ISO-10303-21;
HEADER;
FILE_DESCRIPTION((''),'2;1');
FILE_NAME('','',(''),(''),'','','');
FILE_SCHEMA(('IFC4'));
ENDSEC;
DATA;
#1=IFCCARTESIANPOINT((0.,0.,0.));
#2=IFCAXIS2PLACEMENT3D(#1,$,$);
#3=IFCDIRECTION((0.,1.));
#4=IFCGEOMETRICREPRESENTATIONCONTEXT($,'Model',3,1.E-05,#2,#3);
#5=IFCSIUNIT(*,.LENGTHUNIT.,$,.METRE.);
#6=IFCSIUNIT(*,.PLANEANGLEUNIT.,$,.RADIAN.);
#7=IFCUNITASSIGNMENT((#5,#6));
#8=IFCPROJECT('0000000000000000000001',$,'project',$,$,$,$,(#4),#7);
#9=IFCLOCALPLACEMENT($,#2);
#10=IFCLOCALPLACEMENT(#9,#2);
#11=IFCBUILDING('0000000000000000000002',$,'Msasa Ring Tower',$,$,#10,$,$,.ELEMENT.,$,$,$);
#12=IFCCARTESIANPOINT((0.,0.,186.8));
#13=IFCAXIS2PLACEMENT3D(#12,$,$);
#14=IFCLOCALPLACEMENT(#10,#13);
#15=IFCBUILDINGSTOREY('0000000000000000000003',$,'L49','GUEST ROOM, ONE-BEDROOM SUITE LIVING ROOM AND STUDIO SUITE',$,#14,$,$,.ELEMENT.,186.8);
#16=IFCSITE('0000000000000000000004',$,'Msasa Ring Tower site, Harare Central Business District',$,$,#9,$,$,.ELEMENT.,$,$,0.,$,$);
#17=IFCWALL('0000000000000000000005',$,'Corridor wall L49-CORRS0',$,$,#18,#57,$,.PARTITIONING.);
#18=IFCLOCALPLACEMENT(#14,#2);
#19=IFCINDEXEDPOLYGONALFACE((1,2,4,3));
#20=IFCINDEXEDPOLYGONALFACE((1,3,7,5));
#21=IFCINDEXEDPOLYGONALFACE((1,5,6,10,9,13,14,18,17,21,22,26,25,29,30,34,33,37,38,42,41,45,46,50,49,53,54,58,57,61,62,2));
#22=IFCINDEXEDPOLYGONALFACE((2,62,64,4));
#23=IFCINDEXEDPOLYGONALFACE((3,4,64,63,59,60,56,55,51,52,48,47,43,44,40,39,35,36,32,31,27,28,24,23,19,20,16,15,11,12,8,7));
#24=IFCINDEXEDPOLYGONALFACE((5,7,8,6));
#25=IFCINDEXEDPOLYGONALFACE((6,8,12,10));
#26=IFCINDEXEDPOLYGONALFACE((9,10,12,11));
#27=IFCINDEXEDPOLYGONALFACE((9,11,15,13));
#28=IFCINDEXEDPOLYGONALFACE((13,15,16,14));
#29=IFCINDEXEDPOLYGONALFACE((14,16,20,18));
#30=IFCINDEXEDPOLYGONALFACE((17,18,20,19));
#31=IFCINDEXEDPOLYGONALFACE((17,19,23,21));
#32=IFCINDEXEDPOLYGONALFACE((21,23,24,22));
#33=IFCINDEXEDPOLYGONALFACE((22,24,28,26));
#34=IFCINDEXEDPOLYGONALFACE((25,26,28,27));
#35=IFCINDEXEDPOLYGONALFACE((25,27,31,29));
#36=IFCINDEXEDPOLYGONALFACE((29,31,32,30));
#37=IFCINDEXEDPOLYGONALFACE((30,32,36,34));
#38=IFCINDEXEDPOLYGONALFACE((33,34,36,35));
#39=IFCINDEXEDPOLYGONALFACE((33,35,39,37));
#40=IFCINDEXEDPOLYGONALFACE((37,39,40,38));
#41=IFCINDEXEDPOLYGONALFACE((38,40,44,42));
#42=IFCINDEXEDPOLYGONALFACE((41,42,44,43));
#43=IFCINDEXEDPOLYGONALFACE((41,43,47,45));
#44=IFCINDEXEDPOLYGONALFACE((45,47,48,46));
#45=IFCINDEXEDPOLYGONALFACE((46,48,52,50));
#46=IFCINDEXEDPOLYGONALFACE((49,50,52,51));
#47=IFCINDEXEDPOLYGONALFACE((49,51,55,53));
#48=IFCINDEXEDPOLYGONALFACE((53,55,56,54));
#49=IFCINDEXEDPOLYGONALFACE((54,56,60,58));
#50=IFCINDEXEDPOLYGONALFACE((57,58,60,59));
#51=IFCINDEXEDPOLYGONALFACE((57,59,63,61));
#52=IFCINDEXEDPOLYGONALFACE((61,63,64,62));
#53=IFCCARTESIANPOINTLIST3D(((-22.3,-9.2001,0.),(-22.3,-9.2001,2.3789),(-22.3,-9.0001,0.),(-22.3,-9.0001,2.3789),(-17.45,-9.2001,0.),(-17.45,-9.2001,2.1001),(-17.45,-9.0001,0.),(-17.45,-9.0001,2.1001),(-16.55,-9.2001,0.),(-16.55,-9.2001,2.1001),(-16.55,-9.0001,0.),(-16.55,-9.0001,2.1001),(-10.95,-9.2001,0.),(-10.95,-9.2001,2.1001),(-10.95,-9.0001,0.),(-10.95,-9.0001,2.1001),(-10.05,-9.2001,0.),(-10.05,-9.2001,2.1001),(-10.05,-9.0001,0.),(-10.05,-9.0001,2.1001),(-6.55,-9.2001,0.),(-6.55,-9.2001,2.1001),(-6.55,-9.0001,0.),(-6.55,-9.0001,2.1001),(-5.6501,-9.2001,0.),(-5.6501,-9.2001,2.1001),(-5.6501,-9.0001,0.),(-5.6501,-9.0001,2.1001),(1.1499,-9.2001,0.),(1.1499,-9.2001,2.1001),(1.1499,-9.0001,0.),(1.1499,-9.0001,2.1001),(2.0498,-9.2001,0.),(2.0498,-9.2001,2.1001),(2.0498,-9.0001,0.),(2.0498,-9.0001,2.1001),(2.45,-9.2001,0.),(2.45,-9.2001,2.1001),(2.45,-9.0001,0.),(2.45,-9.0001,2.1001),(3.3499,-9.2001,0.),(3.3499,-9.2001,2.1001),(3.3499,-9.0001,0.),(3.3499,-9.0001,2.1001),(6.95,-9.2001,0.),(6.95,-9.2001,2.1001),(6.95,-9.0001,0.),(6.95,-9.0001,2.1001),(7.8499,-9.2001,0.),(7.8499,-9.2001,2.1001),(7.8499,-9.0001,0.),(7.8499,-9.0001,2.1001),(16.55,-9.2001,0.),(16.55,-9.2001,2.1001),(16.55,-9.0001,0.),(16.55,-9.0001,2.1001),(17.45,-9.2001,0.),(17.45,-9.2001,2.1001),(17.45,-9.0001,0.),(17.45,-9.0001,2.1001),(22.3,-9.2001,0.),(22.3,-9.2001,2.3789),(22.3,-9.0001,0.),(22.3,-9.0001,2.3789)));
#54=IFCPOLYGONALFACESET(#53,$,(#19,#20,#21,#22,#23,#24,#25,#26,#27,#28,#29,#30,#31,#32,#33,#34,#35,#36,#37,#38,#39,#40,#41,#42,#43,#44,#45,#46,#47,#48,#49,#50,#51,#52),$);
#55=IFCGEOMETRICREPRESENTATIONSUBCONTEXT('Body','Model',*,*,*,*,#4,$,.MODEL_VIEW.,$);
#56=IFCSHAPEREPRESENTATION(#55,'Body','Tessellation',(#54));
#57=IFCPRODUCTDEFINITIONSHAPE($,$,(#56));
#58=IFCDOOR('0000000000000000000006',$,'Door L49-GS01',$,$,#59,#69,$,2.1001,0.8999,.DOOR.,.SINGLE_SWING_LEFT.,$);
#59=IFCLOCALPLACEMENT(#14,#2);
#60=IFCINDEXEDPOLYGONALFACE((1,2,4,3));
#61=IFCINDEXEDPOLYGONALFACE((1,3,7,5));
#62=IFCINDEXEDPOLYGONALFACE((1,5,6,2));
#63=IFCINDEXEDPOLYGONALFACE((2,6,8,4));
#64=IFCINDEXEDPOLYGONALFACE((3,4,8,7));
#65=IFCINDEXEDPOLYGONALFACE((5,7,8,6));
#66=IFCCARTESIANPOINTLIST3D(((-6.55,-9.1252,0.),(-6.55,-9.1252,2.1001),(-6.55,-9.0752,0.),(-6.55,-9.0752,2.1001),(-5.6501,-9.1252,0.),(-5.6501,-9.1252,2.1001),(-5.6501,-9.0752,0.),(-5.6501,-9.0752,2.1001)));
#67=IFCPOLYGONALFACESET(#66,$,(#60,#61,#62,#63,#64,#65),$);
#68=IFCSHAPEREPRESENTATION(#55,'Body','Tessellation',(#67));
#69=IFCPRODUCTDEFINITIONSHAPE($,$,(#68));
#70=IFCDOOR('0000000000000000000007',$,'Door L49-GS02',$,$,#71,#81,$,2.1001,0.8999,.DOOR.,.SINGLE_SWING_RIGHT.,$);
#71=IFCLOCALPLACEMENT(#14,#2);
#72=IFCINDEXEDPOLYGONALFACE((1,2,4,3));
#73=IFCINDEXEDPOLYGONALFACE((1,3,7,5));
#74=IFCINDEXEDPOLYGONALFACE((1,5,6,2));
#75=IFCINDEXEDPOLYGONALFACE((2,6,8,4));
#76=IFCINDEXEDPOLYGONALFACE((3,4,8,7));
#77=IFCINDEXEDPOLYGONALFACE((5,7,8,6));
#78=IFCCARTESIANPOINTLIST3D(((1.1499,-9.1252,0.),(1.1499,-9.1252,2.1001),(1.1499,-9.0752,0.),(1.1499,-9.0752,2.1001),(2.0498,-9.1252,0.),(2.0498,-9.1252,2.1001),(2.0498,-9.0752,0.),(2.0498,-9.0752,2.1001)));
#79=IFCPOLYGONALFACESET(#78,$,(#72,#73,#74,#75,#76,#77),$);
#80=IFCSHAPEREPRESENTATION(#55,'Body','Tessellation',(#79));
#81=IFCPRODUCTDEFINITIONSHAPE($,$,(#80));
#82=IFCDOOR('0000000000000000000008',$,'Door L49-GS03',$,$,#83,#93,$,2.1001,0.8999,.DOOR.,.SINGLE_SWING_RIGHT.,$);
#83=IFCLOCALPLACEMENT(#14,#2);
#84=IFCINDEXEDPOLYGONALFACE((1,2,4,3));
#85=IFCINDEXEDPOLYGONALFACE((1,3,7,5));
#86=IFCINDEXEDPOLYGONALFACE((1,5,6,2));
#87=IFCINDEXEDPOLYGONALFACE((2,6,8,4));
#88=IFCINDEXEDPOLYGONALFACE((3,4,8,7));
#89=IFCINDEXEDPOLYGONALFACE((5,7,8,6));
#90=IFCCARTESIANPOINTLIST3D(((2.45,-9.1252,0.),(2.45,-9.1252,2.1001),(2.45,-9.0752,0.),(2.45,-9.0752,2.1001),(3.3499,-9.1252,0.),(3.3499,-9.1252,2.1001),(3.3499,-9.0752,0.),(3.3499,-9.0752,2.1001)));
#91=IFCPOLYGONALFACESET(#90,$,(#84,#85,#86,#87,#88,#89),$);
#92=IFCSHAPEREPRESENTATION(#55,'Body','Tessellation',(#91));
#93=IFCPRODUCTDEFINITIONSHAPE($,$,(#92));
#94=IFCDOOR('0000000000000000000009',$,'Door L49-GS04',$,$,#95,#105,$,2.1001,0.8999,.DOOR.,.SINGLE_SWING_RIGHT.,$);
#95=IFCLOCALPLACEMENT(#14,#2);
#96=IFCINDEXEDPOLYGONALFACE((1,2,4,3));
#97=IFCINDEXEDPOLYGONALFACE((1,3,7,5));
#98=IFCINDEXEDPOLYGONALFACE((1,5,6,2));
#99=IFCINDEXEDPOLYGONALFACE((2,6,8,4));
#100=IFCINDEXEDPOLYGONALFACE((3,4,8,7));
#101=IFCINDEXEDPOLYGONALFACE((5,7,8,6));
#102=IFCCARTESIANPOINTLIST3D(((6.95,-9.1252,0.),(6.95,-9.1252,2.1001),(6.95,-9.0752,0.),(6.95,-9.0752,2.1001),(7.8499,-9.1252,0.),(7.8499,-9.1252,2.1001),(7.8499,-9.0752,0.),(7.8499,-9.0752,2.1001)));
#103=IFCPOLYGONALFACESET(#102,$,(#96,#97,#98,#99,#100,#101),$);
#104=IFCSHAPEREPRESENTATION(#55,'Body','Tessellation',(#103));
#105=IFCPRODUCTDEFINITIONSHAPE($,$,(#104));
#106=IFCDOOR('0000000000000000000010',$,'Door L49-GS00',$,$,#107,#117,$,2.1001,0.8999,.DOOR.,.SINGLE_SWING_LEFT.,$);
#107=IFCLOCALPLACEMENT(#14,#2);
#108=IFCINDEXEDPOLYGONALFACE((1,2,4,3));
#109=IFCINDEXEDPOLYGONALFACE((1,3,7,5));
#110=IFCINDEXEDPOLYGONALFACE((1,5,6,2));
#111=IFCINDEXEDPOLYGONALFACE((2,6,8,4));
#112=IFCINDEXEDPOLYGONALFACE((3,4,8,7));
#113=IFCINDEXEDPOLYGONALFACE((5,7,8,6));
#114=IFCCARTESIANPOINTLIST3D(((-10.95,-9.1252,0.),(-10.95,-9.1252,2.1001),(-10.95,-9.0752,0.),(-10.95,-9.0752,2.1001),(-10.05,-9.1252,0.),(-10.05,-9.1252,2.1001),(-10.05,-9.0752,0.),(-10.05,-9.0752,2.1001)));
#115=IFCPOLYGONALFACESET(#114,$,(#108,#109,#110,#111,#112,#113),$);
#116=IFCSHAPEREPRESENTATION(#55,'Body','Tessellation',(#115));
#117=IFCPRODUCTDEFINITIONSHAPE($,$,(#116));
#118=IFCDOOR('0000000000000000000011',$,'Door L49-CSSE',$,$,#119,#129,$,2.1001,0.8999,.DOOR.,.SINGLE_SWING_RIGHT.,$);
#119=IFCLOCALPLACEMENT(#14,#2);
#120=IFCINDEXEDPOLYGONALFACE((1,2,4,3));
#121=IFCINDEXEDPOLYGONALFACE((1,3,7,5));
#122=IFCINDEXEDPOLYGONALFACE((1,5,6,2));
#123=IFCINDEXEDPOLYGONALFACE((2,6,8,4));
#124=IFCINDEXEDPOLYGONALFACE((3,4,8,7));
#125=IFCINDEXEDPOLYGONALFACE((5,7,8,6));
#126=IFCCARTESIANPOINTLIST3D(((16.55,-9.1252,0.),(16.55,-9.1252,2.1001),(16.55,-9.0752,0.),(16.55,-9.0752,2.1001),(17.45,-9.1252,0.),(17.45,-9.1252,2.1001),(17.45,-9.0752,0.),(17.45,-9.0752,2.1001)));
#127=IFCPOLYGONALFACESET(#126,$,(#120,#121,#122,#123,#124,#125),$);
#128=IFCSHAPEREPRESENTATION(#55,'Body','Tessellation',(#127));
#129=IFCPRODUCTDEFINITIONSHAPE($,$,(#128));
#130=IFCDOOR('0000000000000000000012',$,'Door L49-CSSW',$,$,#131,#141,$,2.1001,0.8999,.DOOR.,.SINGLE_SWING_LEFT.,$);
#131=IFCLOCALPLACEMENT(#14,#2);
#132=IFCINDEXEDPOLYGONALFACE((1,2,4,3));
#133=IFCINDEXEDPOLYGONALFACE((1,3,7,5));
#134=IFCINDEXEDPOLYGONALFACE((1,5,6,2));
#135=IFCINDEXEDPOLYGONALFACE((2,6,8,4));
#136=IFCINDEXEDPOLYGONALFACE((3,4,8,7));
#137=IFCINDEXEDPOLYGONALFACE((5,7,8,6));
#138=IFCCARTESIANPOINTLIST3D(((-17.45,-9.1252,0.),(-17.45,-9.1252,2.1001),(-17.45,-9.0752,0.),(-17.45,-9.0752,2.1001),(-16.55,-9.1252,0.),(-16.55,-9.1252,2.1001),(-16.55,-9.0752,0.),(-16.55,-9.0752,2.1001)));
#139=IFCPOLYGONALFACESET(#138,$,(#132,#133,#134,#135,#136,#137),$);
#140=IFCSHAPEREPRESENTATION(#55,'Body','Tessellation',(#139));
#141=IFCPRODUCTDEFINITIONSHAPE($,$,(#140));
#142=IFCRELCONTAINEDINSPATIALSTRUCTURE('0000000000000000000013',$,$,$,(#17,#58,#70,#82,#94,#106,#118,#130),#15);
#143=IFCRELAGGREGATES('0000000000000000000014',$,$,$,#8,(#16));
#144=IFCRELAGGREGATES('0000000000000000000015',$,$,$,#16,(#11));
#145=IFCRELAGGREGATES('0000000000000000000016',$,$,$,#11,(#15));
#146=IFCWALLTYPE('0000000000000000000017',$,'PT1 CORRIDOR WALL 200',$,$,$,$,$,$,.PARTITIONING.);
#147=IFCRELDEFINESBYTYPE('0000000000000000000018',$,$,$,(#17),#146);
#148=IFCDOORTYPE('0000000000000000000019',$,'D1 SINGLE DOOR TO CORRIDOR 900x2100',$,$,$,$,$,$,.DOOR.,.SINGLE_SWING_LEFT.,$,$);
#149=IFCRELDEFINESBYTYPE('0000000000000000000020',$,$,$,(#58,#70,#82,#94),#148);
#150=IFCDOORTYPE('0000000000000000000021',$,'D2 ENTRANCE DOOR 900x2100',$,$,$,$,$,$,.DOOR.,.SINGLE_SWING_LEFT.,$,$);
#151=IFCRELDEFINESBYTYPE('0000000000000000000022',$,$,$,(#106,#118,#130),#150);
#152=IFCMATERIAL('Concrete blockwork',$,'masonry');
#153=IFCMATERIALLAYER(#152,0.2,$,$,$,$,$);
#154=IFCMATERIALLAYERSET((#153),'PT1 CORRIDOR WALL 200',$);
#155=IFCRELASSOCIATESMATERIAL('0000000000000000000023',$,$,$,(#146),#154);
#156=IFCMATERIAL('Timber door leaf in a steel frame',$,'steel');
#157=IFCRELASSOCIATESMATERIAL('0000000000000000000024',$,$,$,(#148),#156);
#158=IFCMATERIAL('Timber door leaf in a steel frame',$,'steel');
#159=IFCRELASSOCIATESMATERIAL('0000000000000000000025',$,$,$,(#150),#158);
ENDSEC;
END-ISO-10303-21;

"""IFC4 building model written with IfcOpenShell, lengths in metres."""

from ifc_helpers import new_model, si_unit, direction, frame, frame_2d, origin, place, context, subcontext, project, spatial, rectangle, extrude, material, layer, layer_set, type_object, element, fill, save


model = new_model("IFC4")

# Units and contexts
model_context = context("Model", 3, precision=1e-05, world=origin(), true_north=direction((0.0, 1.0)))
body_context = subcontext(model_context, "Body", "Model", "MODEL_VIEW")
ifc_project = project(units=[si_unit("LENGTHUNIT", "METRE"), si_unit("PLANEANGLEUNIT", "RADIAN")], contexts=[model_context])

# Site, building, storey
site_placement = place(None, origin())
site = spatial("IfcSite", under=ifc_project, at=site_placement, Name="Msasa Ring Tower site, Harare Central Business District", CompositionType="ELEMENT", RefElevation=0.0)
building_placement = place(site_placement, origin())
building = spatial("IfcBuilding", under=site, at=building_placement, Name="Msasa Ring Tower", CompositionType="ELEMENT")
storey_placement = place(building_placement, frame((0.0, 0.0, 186.8)))
storey = spatial("IfcBuildingStorey", under=building, at=storey_placement, Name="L49", Description="GUEST ROOM, ONE-BEDROOM SUITE LIVING ROOM AND STUDIO SUITE", CompositionType="ELEMENT", Elevation=186.8)

# Wall, openings, doors
ifc_material_1 = material(Name="Concrete blockwork", Category="masonry")
ifc_layer_1 = layer(ifc_material_1, 0.2)
ifc_layer_set_1 = layer_set([ifc_layer_1], Name="PT1 CORRIDOR WALL 200")
wall_type_1 = type_object("IfcWallType", Name="PT1 CORRIDOR WALL 200", PredefinedType="PARTITIONING", material=ifc_layer_set_1)
wall_1_placement = place(storey_placement, frame((-22.3, -9.1001, 0.0), z_axis=(0.0, 0.0, 1.0), x_axis=(1.0, 0.0, 0.0)))
wall_1 = element("IfcWall", 1, at=wall_1_placement, inside=storey, type_object=wall_type_1, Name="Corridor wall L49-CORRS0", PredefinedType="PARTITIONING", context=body_context, shape_type="SweptSolid", body=[
    extrude(rectangle(XDim=44.6001, YDim=0.2, at=frame_2d((22.3, 0.0))), origin(), (0.0, 0.0, 1.0), 2.3789),
])
opening_1_placement = place(wall_1_placement, frame((11.3501, 0.0, 0.0)))
opening_1 = element("IfcOpeningElement", 2, at=opening_1_placement, cuts=wall_1, PredefinedType="OPENING", context=body_context, shape_type="SweptSolid", body=[
    extrude(rectangle(XDim=0.8999, YDim=2.1001, at=frame_2d((0.45, 1.05))), frame((0.0, 0.1099, 0.0), z_axis=(0.0, -1.0, 0.0), x_axis=(1.0, 0.0, 0.0)), (0.0, 0.0, 1.0), 0.22),
])
opening_2_placement = place(wall_1_placement, frame((15.75, 0.0, 0.0)))
opening_2 = element("IfcOpeningElement", 3, at=opening_2_placement, cuts=wall_1, PredefinedType="OPENING", context=body_context, shape_type="SweptSolid", body=[
    extrude(rectangle(XDim=0.8999, YDim=2.1001, at=frame_2d((0.45, 1.05))), frame((0.0, 0.1099, 0.0), z_axis=(0.0, -1.0, 0.0), x_axis=(1.0, 0.0, 0.0)), (0.0, 0.0, 1.0), 0.22),
])
opening_3_placement = place(wall_1_placement, frame((23.45, 0.0, 0.0)))
opening_3 = element("IfcOpeningElement", 4, at=opening_3_placement, cuts=wall_1, PredefinedType="OPENING", context=body_context, shape_type="SweptSolid", body=[
    extrude(rectangle(XDim=0.8999, YDim=2.1001, at=frame_2d((0.45, 1.05))), frame((0.0, 0.1099, 0.0), z_axis=(0.0, -1.0, 0.0), x_axis=(1.0, 0.0, 0.0)), (0.0, 0.0, 1.0), 0.22),
])
opening_4_placement = place(wall_1_placement, frame((24.75, 0.0, 0.0)))
opening_4 = element("IfcOpeningElement", 5, at=opening_4_placement, cuts=wall_1, PredefinedType="OPENING", context=body_context, shape_type="SweptSolid", body=[
    extrude(rectangle(XDim=0.8999, YDim=2.1001, at=frame_2d((0.45, 1.05))), frame((0.0, 0.1099, 0.0), z_axis=(0.0, -1.0, 0.0), x_axis=(1.0, 0.0, 0.0)), (0.0, 0.0, 1.0), 0.22),
])
opening_5_placement = place(wall_1_placement, frame((29.25, 0.0, 0.0)))
opening_5 = element("IfcOpeningElement", 6, at=opening_5_placement, cuts=wall_1, PredefinedType="OPENING", context=body_context, shape_type="SweptSolid", body=[
    extrude(rectangle(XDim=0.8999, YDim=2.1001, at=frame_2d((0.45, 1.05))), frame((0.0, 0.1099, 0.0), z_axis=(0.0, -1.0, 0.0), x_axis=(1.0, 0.0, 0.0)), (0.0, 0.0, 1.0), 0.22),
])
opening_6_placement = place(wall_1_placement, frame((38.8501, 0.0, 0.0)))
opening_6 = element("IfcOpeningElement", 7, at=opening_6_placement, cuts=wall_1, PredefinedType="OPENING", context=body_context, shape_type="SweptSolid", body=[
    extrude(rectangle(XDim=0.8999, YDim=2.1001, at=frame_2d((0.45, 1.05))), frame((0.0, 0.1099, 0.0), z_axis=(0.0, -1.0, 0.0), x_axis=(1.0, 0.0, 0.0)), (0.0, 0.0, 1.0), 0.22),
])
opening_7_placement = place(wall_1_placement, frame((4.8501, 0.0, 0.0)))
opening_7 = element("IfcOpeningElement", 8, at=opening_7_placement, cuts=wall_1, PredefinedType="OPENING", context=body_context, shape_type="SweptSolid", body=[
    extrude(rectangle(XDim=0.8999, YDim=2.1001, at=frame_2d((0.45, 1.05))), frame((0.0, 0.1099, 0.0), z_axis=(0.0, -1.0, 0.0), x_axis=(1.0, 0.0, 0.0)), (0.0, 0.0, 1.0), 0.22),
])
ifc_material_2 = material(Name="Timber door leaf in a steel frame", Category="steel")
door_type_1 = type_object("IfcDoorType", Name="D1 SINGLE DOOR TO CORRIDOR 900x2100", OperationType="SINGLE_SWING_LEFT", PredefinedType="DOOR", material=ifc_material_2)
door_1_placement = place(opening_2_placement, origin())
door_1 = element("IfcDoor", 9, at=door_1_placement, inside=storey, type_object=door_type_1, Name="Door L49-GS01", OperationType="SINGLE_SWING_LEFT", OverallHeight=2.1001, OverallWidth=0.8999, PredefinedType="DOOR", context=body_context, shape_type="SweptSolid", body=[
    extrude(rectangle(XDim=0.8999, YDim=2.1001, at=frame_2d((0.45, 1.05))), frame((0.0, 0.0249, 0.0), z_axis=(0.0, -1.0, 0.0), x_axis=(1.0, 0.0, 0.0)), (0.0, 0.0, 1.0), 0.05),
])
fill(opening_2, door_1)
door_2_placement = place(opening_3_placement, origin())
door_2 = element("IfcDoor", 10, at=door_2_placement, inside=storey, type_object=door_type_1, Name="Door L49-GS02", OperationType="SINGLE_SWING_RIGHT", OverallHeight=2.1001, OverallWidth=0.8999, PredefinedType="DOOR", context=body_context, shape_type="SweptSolid", body=[
    extrude(rectangle(XDim=0.8999, YDim=2.1001, at=frame_2d((0.45, 1.05))), frame((0.0, 0.0249, 0.0), z_axis=(0.0, -1.0, 0.0), x_axis=(1.0, 0.0, 0.0)), (0.0, 0.0, 1.0), 0.05),
])
fill(opening_3, door_2)
door_3_placement = place(opening_4_placement, origin())
door_3 = element("IfcDoor", 11, at=door_3_placement, inside=storey, type_object=door_type_1, Name="Door L49-GS03", OperationType="SINGLE_SWING_RIGHT", OverallHeight=2.1001, OverallWidth=0.8999, PredefinedType="DOOR", context=body_context, shape_type="SweptSolid", body=[
    extrude(rectangle(XDim=0.8999, YDim=2.1001, at=frame_2d((0.45, 1.05))), frame((0.0, 0.0249, 0.0), z_axis=(0.0, -1.0, 0.0), x_axis=(1.0, 0.0, 0.0)), (0.0, 0.0, 1.0), 0.05),
])
fill(opening_4, door_3)
door_4_placement = place(opening_5_placement, origin())
door_4 = element("IfcDoor", 12, at=door_4_placement, inside=storey, type_object=door_type_1, Name="Door L49-GS04", OperationType="SINGLE_SWING_RIGHT", OverallHeight=2.1001, OverallWidth=0.8999, PredefinedType="DOOR", context=body_context, shape_type="SweptSolid", body=[
    extrude(rectangle(XDim=0.8999, YDim=2.1001, at=frame_2d((0.45, 1.05))), frame((0.0, 0.0249, 0.0), z_axis=(0.0, -1.0, 0.0), x_axis=(1.0, 0.0, 0.0)), (0.0, 0.0, 1.0), 0.05),
])
fill(opening_5, door_4)
ifc_material_3 = material(Name="Timber door leaf in a steel frame", Category="steel")
door_type_2 = type_object("IfcDoorType", Name="D2 ENTRANCE DOOR 900x2100", OperationType="SINGLE_SWING_LEFT", PredefinedType="DOOR", material=ifc_material_3)
door_5_placement = place(opening_1_placement, origin())
door_5 = element("IfcDoor", 13, at=door_5_placement, inside=storey, type_object=door_type_2, Name="Door L49-GS00", OperationType="SINGLE_SWING_LEFT", OverallHeight=2.1001, OverallWidth=0.8999, PredefinedType="DOOR", context=body_context, shape_type="SweptSolid", body=[
    extrude(rectangle(XDim=0.8999, YDim=2.1001, at=frame_2d((0.45, 1.05))), frame((0.0, 0.0249, 0.0), z_axis=(0.0, -1.0, 0.0), x_axis=(1.0, 0.0, 0.0)), (0.0, 0.0, 1.0), 0.05),
])
fill(opening_1, door_5)
door_6_placement = place(opening_6_placement, origin())
door_6 = element("IfcDoor", 14, at=door_6_placement, inside=storey, type_object=door_type_2, Name="Door L49-CSSE", OperationType="SINGLE_SWING_RIGHT", OverallHeight=2.1001, OverallWidth=0.8999, PredefinedType="DOOR", context=body_context, shape_type="SweptSolid", body=[
    extrude(rectangle(XDim=0.8999, YDim=2.1001, at=frame_2d((0.45, 1.05))), frame((0.0, 0.0249, 0.0), z_axis=(0.0, -1.0, 0.0), x_axis=(1.0, 0.0, 0.0)), (0.0, 0.0, 1.0), 0.05),
])
fill(opening_6, door_6)
door_7_placement = place(opening_7_placement, origin())
door_7 = element("IfcDoor", 15, at=door_7_placement, inside=storey, type_object=door_type_2, Name="Door L49-CSSW", OperationType="SINGLE_SWING_LEFT", OverallHeight=2.1001, OverallWidth=0.8999, PredefinedType="DOOR", context=body_context, shape_type="SweptSolid", body=[
    extrude(rectangle(XDim=0.8999, YDim=2.1001, at=frame_2d((0.45, 1.05))), frame((0.0, 0.0249, 0.0), z_axis=(0.0, -1.0, 0.0), x_axis=(1.0, 0.0, 0.0)), (0.0, 0.0, 1.0), 0.05),
])
fill(opening_7, door_7)

save(model, "model.ifc")
